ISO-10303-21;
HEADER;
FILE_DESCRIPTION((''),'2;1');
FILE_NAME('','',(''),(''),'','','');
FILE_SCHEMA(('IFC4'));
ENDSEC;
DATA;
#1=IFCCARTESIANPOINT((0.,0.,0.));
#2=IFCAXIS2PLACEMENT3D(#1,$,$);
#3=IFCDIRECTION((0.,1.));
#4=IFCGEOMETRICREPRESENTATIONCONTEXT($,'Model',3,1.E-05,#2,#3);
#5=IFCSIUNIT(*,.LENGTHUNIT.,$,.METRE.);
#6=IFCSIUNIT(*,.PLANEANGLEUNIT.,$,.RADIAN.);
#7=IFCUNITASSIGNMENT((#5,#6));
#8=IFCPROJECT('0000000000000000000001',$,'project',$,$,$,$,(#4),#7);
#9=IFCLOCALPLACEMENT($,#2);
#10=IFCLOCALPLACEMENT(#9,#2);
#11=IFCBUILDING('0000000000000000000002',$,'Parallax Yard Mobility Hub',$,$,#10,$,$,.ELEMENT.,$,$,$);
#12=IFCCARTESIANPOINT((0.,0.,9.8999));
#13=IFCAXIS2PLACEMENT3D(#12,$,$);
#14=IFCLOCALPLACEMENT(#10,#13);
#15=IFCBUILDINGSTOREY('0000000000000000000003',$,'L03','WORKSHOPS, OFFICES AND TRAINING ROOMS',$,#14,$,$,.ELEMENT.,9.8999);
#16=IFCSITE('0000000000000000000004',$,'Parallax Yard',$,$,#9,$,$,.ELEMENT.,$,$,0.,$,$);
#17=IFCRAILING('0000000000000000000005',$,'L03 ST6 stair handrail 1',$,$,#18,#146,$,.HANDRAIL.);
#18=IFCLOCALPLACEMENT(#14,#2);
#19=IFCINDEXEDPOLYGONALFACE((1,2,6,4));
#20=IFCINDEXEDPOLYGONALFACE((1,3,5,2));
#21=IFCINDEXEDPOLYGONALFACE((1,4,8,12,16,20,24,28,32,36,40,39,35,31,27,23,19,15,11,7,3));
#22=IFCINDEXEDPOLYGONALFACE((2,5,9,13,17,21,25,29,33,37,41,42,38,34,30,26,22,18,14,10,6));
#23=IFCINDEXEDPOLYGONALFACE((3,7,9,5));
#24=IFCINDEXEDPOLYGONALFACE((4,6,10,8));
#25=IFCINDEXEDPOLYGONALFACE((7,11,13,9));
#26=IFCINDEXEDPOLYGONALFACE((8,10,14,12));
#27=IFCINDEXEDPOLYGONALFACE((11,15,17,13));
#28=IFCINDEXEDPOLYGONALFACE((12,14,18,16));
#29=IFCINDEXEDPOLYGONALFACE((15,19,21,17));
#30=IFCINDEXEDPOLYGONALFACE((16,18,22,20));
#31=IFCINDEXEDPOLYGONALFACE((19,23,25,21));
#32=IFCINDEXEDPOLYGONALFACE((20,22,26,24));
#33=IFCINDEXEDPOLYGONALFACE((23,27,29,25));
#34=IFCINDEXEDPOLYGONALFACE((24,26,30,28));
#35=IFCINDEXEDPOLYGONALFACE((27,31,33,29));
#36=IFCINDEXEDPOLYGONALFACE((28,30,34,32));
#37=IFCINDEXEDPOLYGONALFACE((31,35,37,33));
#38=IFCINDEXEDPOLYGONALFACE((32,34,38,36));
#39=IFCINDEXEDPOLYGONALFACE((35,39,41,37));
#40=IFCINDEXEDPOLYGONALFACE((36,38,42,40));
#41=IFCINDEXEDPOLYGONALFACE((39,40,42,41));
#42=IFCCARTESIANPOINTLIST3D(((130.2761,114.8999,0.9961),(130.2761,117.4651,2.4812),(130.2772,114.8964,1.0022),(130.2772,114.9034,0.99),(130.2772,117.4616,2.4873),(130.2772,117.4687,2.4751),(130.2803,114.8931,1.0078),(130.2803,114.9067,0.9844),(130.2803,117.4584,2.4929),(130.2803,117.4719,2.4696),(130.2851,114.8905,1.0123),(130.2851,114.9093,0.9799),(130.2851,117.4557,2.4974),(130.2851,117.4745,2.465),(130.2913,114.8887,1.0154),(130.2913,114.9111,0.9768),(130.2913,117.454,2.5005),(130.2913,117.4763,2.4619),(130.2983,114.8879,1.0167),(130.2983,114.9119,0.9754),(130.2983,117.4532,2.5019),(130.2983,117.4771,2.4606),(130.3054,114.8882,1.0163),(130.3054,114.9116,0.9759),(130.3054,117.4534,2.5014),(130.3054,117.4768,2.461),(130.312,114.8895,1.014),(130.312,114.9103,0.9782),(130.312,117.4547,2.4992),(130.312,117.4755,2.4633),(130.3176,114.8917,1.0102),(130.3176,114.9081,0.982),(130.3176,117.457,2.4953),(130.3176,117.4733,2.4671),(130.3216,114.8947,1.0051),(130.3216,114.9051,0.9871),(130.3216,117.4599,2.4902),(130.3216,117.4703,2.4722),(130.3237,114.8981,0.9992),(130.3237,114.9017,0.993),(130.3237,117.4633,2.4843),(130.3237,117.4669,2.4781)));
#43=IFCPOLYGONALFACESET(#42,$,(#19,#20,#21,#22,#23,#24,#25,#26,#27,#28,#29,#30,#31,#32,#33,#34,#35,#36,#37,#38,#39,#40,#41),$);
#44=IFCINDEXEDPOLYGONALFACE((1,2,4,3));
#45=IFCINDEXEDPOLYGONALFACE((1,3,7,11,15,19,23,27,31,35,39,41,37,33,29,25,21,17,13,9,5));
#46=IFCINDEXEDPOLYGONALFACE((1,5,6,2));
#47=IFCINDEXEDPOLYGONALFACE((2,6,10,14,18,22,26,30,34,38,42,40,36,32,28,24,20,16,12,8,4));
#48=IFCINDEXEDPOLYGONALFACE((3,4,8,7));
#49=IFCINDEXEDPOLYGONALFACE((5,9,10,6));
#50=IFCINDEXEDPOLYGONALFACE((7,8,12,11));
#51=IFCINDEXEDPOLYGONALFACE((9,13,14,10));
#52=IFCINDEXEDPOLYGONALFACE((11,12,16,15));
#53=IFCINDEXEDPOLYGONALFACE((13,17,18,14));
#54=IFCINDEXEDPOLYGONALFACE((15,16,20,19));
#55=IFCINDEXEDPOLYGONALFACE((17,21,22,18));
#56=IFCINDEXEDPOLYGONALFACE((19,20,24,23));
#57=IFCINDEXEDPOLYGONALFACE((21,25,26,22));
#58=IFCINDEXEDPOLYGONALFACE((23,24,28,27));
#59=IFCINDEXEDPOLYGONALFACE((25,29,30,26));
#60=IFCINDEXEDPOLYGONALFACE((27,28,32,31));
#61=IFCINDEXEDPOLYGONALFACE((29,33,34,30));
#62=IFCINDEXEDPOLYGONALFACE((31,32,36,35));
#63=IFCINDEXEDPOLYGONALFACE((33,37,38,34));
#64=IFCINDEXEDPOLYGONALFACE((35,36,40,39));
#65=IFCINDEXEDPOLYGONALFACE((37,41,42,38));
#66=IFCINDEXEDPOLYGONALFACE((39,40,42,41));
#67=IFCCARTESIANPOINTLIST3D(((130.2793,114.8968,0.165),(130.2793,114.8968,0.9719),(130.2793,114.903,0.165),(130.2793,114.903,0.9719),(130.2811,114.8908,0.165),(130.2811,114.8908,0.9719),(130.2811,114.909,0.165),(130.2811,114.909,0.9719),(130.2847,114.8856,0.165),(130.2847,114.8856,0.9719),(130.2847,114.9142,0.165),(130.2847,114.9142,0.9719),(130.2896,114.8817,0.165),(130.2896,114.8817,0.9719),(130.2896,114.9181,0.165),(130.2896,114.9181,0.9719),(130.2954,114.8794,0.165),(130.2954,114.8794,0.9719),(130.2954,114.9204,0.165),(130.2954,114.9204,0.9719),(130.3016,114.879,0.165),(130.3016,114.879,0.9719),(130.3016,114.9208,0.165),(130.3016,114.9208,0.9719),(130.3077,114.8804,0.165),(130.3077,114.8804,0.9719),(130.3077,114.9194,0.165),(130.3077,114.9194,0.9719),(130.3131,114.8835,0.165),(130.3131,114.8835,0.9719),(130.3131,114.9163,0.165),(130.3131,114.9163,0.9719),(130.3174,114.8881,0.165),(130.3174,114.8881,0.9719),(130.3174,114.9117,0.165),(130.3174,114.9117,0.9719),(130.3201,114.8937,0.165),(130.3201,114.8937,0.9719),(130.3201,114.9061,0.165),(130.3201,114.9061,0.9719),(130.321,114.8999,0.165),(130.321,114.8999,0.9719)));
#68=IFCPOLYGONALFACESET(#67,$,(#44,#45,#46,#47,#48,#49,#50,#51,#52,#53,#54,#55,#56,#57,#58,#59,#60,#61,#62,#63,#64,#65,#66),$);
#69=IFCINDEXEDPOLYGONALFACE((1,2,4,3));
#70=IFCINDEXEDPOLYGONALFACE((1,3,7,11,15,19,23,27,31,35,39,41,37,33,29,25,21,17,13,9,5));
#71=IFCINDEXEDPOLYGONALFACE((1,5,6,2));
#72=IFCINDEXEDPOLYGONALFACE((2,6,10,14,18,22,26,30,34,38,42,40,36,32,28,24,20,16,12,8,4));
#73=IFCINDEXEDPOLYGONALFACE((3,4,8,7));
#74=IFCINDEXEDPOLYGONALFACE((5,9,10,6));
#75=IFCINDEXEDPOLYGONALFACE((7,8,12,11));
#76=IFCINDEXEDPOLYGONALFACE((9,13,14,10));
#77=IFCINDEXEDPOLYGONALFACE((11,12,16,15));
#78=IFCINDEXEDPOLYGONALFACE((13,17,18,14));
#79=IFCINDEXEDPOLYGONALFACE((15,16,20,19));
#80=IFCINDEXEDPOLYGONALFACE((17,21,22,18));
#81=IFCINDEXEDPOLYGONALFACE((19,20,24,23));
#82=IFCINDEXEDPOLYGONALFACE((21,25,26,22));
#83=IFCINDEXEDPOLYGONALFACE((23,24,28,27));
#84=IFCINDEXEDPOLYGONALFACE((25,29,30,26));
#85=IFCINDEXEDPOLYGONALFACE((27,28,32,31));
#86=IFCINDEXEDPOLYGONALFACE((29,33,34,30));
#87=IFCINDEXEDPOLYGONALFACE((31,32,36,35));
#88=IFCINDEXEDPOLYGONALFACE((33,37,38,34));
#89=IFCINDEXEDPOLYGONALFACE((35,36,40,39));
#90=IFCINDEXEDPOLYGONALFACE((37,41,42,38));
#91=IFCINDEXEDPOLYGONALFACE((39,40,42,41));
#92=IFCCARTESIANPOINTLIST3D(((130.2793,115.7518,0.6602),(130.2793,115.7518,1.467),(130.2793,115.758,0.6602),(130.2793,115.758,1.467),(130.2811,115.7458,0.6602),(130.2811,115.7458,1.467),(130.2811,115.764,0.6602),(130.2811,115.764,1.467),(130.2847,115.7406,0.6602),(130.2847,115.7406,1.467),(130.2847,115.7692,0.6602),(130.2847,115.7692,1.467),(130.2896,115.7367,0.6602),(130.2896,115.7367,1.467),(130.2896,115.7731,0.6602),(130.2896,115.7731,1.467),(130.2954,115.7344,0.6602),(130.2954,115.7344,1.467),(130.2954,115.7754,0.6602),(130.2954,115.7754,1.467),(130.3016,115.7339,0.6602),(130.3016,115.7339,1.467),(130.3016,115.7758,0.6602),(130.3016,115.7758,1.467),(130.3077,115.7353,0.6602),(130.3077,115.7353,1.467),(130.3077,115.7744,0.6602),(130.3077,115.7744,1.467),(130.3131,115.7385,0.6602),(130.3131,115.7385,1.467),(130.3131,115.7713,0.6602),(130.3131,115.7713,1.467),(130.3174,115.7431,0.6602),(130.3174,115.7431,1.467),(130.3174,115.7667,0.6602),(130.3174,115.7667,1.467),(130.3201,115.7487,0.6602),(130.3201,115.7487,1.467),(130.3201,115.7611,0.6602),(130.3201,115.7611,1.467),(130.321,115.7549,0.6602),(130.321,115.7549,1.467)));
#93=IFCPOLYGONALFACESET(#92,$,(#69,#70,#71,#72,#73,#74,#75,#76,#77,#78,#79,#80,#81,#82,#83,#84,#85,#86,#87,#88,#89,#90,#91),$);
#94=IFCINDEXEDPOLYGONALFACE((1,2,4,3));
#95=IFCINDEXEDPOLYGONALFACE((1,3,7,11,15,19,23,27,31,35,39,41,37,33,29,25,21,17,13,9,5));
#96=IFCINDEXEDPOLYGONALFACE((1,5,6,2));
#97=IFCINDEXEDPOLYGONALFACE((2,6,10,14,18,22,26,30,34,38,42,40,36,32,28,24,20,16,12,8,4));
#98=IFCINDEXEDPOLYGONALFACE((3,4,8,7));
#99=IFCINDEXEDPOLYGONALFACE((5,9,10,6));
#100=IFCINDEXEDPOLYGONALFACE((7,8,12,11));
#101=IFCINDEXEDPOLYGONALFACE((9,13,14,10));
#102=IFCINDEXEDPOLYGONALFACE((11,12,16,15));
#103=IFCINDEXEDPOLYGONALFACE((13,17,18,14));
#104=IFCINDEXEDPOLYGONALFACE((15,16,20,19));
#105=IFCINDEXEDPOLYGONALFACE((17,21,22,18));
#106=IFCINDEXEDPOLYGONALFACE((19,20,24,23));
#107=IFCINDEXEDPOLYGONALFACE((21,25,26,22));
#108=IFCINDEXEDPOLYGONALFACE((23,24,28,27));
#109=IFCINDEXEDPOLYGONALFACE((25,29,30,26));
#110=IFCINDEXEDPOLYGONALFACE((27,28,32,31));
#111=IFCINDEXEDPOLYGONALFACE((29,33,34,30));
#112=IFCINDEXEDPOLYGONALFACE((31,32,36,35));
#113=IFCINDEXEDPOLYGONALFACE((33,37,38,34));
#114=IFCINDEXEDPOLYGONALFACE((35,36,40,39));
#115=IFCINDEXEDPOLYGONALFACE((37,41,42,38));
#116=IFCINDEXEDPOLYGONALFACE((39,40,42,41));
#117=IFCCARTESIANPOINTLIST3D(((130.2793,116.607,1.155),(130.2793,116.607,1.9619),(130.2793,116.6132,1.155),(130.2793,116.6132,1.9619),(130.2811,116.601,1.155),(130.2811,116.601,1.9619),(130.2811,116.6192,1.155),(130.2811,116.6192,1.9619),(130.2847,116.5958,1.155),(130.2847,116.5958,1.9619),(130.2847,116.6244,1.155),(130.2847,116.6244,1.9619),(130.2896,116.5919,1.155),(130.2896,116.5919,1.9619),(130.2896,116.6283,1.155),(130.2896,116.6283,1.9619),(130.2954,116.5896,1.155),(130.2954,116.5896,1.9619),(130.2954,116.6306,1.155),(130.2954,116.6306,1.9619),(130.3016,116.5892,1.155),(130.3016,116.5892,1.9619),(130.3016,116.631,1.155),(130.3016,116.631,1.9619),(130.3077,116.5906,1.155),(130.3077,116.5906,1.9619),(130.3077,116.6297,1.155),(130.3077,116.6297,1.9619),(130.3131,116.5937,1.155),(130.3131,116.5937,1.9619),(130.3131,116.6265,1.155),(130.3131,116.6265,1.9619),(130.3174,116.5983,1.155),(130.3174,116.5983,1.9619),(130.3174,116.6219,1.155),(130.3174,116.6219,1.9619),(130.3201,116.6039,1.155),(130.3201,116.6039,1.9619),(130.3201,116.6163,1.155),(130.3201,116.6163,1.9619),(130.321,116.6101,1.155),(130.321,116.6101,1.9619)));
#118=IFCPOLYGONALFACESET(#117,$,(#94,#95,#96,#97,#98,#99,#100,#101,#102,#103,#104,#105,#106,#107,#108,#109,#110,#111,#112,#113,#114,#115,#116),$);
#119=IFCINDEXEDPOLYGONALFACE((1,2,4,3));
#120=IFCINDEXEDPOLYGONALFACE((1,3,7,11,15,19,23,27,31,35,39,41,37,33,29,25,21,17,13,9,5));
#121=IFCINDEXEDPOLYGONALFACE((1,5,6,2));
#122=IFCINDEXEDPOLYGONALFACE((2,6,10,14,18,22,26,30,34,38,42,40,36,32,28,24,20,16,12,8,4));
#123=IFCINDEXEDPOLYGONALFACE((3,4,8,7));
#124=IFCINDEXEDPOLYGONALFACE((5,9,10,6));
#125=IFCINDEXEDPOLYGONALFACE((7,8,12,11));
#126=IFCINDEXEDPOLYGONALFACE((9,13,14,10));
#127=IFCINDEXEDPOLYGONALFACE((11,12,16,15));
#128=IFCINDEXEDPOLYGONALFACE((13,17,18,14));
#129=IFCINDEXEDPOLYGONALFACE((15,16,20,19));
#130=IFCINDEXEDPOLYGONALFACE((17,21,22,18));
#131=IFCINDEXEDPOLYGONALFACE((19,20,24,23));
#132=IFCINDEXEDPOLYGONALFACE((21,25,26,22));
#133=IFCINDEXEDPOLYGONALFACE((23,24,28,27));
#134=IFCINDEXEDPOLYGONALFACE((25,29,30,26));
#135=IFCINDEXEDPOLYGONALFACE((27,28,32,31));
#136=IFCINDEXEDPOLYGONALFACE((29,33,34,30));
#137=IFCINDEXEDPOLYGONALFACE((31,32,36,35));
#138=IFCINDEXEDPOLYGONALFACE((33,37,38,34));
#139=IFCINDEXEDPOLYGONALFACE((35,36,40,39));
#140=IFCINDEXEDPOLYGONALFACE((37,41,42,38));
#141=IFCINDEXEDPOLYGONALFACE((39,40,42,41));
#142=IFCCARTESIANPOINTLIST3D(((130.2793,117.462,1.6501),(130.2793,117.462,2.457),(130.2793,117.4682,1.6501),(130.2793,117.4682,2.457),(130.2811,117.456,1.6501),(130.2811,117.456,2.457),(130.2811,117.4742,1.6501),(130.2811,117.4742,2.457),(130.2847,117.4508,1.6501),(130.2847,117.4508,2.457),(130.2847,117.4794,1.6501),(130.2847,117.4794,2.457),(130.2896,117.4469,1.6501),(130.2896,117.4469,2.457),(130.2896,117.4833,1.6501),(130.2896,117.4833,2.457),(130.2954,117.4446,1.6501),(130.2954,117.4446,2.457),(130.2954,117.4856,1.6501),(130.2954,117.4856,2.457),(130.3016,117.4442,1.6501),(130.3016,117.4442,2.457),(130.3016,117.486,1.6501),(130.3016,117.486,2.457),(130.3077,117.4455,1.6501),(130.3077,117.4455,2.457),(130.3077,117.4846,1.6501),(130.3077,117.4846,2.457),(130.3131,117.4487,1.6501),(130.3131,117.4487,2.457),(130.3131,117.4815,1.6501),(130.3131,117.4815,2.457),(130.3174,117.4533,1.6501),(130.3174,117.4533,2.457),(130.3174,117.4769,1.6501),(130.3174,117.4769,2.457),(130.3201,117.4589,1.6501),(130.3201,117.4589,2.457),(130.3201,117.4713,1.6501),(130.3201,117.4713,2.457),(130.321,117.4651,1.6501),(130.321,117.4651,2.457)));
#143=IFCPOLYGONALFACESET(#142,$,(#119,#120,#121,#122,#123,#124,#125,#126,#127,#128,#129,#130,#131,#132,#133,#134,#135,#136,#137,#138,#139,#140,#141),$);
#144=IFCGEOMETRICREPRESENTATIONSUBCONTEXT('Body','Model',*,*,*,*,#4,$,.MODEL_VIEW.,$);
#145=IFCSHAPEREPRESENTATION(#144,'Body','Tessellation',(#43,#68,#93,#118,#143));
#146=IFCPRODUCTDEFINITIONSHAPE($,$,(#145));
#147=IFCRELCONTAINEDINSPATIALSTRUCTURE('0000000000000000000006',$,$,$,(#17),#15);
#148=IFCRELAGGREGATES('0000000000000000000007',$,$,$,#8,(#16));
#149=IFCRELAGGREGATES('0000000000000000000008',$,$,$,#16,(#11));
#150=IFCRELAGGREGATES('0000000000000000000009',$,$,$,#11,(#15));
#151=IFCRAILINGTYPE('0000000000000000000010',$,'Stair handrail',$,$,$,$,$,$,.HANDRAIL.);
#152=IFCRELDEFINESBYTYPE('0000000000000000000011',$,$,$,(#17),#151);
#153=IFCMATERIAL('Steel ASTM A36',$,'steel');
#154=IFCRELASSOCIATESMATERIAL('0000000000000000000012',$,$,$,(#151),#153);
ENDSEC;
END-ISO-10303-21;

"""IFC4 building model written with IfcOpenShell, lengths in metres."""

from ifc_helpers import new_model, si_unit, direction, frame, origin, origin_2d, place, context, subcontext, project, spatial, circle, extrude, material, type_object, element, save


model = new_model("IFC4")

# Units and contexts
model_context = context("Model", 3, precision=1e-05, world=origin(), true_north=direction((0.0, 1.0)))
body_context = subcontext(model_context, "Body", "Model", "MODEL_VIEW")
ifc_project = project(units=[si_unit("LENGTHUNIT", "METRE"), si_unit("PLANEANGLEUNIT", "RADIAN")], contexts=[model_context])

# Site, building, storey
site_placement = place(None, origin())
site = spatial("IfcSite", under=ifc_project, at=site_placement, Name="Parallax Yard", CompositionType="ELEMENT", RefElevation=0.0)
building_placement = place(site_placement, origin())
building = spatial("IfcBuilding", under=site, at=building_placement, Name="Parallax Yard Mobility Hub", CompositionType="ELEMENT")
storey_placement = place(building_placement, frame((0.0, 0.0, 9.8999)))
storey = spatial("IfcBuildingStorey", under=building, at=storey_placement, Name="L03", Description="WORKSHOPS, OFFICES AND TRAINING ROOMS", CompositionType="ELEMENT", Elevation=9.8999)

# Railing
ifc_material_1 = material(Name="Steel ASTM A36", Category="steel")
railing_type_1 = type_object("IfcRailingType", Name="Stair handrail", PredefinedType="HANDRAIL", material=ifc_material_1)
railing_1_placement = place(storey_placement, frame((130.3, 114.8999, 0.165)))
element("IfcRailing", 1, at=railing_1_placement, inside=storey, type_object=railing_type_1, Name="L03 ST6 stair handrail 1", PredefinedType="HANDRAIL", context=body_context, shape_type="SweptSolid", body=[
    extrude(circle(Radius=0.0239, at=origin_2d()), frame((0.0, 0.0, 0.8311), z_axis=(0.0, 0.865426, 0.501036), x_axis=(-1.0, 0.0, 0.0)), (0.0, 0.0, 1.0), 2.9641),
    extrude(circle(Radius=0.021, at=origin_2d()), origin(), (0.0, 0.0, 1.0), 0.8069),
    extrude(circle(Radius=0.021, at=origin_2d()), frame((0.0, 0.855, 0.4951)), (0.0, 0.0, 1.0), 0.8069),
    extrude(circle(Radius=0.021, at=origin_2d()), frame((0.0, 1.7102, 0.99)), (0.0, 0.0, 1.0), 0.8069),
    extrude(circle(Radius=0.021, at=origin_2d()), frame((0.0, 2.5652, 1.4851)), (0.0, 0.0, 1.0), 0.8069),
])

save(model, "model.ifc")
